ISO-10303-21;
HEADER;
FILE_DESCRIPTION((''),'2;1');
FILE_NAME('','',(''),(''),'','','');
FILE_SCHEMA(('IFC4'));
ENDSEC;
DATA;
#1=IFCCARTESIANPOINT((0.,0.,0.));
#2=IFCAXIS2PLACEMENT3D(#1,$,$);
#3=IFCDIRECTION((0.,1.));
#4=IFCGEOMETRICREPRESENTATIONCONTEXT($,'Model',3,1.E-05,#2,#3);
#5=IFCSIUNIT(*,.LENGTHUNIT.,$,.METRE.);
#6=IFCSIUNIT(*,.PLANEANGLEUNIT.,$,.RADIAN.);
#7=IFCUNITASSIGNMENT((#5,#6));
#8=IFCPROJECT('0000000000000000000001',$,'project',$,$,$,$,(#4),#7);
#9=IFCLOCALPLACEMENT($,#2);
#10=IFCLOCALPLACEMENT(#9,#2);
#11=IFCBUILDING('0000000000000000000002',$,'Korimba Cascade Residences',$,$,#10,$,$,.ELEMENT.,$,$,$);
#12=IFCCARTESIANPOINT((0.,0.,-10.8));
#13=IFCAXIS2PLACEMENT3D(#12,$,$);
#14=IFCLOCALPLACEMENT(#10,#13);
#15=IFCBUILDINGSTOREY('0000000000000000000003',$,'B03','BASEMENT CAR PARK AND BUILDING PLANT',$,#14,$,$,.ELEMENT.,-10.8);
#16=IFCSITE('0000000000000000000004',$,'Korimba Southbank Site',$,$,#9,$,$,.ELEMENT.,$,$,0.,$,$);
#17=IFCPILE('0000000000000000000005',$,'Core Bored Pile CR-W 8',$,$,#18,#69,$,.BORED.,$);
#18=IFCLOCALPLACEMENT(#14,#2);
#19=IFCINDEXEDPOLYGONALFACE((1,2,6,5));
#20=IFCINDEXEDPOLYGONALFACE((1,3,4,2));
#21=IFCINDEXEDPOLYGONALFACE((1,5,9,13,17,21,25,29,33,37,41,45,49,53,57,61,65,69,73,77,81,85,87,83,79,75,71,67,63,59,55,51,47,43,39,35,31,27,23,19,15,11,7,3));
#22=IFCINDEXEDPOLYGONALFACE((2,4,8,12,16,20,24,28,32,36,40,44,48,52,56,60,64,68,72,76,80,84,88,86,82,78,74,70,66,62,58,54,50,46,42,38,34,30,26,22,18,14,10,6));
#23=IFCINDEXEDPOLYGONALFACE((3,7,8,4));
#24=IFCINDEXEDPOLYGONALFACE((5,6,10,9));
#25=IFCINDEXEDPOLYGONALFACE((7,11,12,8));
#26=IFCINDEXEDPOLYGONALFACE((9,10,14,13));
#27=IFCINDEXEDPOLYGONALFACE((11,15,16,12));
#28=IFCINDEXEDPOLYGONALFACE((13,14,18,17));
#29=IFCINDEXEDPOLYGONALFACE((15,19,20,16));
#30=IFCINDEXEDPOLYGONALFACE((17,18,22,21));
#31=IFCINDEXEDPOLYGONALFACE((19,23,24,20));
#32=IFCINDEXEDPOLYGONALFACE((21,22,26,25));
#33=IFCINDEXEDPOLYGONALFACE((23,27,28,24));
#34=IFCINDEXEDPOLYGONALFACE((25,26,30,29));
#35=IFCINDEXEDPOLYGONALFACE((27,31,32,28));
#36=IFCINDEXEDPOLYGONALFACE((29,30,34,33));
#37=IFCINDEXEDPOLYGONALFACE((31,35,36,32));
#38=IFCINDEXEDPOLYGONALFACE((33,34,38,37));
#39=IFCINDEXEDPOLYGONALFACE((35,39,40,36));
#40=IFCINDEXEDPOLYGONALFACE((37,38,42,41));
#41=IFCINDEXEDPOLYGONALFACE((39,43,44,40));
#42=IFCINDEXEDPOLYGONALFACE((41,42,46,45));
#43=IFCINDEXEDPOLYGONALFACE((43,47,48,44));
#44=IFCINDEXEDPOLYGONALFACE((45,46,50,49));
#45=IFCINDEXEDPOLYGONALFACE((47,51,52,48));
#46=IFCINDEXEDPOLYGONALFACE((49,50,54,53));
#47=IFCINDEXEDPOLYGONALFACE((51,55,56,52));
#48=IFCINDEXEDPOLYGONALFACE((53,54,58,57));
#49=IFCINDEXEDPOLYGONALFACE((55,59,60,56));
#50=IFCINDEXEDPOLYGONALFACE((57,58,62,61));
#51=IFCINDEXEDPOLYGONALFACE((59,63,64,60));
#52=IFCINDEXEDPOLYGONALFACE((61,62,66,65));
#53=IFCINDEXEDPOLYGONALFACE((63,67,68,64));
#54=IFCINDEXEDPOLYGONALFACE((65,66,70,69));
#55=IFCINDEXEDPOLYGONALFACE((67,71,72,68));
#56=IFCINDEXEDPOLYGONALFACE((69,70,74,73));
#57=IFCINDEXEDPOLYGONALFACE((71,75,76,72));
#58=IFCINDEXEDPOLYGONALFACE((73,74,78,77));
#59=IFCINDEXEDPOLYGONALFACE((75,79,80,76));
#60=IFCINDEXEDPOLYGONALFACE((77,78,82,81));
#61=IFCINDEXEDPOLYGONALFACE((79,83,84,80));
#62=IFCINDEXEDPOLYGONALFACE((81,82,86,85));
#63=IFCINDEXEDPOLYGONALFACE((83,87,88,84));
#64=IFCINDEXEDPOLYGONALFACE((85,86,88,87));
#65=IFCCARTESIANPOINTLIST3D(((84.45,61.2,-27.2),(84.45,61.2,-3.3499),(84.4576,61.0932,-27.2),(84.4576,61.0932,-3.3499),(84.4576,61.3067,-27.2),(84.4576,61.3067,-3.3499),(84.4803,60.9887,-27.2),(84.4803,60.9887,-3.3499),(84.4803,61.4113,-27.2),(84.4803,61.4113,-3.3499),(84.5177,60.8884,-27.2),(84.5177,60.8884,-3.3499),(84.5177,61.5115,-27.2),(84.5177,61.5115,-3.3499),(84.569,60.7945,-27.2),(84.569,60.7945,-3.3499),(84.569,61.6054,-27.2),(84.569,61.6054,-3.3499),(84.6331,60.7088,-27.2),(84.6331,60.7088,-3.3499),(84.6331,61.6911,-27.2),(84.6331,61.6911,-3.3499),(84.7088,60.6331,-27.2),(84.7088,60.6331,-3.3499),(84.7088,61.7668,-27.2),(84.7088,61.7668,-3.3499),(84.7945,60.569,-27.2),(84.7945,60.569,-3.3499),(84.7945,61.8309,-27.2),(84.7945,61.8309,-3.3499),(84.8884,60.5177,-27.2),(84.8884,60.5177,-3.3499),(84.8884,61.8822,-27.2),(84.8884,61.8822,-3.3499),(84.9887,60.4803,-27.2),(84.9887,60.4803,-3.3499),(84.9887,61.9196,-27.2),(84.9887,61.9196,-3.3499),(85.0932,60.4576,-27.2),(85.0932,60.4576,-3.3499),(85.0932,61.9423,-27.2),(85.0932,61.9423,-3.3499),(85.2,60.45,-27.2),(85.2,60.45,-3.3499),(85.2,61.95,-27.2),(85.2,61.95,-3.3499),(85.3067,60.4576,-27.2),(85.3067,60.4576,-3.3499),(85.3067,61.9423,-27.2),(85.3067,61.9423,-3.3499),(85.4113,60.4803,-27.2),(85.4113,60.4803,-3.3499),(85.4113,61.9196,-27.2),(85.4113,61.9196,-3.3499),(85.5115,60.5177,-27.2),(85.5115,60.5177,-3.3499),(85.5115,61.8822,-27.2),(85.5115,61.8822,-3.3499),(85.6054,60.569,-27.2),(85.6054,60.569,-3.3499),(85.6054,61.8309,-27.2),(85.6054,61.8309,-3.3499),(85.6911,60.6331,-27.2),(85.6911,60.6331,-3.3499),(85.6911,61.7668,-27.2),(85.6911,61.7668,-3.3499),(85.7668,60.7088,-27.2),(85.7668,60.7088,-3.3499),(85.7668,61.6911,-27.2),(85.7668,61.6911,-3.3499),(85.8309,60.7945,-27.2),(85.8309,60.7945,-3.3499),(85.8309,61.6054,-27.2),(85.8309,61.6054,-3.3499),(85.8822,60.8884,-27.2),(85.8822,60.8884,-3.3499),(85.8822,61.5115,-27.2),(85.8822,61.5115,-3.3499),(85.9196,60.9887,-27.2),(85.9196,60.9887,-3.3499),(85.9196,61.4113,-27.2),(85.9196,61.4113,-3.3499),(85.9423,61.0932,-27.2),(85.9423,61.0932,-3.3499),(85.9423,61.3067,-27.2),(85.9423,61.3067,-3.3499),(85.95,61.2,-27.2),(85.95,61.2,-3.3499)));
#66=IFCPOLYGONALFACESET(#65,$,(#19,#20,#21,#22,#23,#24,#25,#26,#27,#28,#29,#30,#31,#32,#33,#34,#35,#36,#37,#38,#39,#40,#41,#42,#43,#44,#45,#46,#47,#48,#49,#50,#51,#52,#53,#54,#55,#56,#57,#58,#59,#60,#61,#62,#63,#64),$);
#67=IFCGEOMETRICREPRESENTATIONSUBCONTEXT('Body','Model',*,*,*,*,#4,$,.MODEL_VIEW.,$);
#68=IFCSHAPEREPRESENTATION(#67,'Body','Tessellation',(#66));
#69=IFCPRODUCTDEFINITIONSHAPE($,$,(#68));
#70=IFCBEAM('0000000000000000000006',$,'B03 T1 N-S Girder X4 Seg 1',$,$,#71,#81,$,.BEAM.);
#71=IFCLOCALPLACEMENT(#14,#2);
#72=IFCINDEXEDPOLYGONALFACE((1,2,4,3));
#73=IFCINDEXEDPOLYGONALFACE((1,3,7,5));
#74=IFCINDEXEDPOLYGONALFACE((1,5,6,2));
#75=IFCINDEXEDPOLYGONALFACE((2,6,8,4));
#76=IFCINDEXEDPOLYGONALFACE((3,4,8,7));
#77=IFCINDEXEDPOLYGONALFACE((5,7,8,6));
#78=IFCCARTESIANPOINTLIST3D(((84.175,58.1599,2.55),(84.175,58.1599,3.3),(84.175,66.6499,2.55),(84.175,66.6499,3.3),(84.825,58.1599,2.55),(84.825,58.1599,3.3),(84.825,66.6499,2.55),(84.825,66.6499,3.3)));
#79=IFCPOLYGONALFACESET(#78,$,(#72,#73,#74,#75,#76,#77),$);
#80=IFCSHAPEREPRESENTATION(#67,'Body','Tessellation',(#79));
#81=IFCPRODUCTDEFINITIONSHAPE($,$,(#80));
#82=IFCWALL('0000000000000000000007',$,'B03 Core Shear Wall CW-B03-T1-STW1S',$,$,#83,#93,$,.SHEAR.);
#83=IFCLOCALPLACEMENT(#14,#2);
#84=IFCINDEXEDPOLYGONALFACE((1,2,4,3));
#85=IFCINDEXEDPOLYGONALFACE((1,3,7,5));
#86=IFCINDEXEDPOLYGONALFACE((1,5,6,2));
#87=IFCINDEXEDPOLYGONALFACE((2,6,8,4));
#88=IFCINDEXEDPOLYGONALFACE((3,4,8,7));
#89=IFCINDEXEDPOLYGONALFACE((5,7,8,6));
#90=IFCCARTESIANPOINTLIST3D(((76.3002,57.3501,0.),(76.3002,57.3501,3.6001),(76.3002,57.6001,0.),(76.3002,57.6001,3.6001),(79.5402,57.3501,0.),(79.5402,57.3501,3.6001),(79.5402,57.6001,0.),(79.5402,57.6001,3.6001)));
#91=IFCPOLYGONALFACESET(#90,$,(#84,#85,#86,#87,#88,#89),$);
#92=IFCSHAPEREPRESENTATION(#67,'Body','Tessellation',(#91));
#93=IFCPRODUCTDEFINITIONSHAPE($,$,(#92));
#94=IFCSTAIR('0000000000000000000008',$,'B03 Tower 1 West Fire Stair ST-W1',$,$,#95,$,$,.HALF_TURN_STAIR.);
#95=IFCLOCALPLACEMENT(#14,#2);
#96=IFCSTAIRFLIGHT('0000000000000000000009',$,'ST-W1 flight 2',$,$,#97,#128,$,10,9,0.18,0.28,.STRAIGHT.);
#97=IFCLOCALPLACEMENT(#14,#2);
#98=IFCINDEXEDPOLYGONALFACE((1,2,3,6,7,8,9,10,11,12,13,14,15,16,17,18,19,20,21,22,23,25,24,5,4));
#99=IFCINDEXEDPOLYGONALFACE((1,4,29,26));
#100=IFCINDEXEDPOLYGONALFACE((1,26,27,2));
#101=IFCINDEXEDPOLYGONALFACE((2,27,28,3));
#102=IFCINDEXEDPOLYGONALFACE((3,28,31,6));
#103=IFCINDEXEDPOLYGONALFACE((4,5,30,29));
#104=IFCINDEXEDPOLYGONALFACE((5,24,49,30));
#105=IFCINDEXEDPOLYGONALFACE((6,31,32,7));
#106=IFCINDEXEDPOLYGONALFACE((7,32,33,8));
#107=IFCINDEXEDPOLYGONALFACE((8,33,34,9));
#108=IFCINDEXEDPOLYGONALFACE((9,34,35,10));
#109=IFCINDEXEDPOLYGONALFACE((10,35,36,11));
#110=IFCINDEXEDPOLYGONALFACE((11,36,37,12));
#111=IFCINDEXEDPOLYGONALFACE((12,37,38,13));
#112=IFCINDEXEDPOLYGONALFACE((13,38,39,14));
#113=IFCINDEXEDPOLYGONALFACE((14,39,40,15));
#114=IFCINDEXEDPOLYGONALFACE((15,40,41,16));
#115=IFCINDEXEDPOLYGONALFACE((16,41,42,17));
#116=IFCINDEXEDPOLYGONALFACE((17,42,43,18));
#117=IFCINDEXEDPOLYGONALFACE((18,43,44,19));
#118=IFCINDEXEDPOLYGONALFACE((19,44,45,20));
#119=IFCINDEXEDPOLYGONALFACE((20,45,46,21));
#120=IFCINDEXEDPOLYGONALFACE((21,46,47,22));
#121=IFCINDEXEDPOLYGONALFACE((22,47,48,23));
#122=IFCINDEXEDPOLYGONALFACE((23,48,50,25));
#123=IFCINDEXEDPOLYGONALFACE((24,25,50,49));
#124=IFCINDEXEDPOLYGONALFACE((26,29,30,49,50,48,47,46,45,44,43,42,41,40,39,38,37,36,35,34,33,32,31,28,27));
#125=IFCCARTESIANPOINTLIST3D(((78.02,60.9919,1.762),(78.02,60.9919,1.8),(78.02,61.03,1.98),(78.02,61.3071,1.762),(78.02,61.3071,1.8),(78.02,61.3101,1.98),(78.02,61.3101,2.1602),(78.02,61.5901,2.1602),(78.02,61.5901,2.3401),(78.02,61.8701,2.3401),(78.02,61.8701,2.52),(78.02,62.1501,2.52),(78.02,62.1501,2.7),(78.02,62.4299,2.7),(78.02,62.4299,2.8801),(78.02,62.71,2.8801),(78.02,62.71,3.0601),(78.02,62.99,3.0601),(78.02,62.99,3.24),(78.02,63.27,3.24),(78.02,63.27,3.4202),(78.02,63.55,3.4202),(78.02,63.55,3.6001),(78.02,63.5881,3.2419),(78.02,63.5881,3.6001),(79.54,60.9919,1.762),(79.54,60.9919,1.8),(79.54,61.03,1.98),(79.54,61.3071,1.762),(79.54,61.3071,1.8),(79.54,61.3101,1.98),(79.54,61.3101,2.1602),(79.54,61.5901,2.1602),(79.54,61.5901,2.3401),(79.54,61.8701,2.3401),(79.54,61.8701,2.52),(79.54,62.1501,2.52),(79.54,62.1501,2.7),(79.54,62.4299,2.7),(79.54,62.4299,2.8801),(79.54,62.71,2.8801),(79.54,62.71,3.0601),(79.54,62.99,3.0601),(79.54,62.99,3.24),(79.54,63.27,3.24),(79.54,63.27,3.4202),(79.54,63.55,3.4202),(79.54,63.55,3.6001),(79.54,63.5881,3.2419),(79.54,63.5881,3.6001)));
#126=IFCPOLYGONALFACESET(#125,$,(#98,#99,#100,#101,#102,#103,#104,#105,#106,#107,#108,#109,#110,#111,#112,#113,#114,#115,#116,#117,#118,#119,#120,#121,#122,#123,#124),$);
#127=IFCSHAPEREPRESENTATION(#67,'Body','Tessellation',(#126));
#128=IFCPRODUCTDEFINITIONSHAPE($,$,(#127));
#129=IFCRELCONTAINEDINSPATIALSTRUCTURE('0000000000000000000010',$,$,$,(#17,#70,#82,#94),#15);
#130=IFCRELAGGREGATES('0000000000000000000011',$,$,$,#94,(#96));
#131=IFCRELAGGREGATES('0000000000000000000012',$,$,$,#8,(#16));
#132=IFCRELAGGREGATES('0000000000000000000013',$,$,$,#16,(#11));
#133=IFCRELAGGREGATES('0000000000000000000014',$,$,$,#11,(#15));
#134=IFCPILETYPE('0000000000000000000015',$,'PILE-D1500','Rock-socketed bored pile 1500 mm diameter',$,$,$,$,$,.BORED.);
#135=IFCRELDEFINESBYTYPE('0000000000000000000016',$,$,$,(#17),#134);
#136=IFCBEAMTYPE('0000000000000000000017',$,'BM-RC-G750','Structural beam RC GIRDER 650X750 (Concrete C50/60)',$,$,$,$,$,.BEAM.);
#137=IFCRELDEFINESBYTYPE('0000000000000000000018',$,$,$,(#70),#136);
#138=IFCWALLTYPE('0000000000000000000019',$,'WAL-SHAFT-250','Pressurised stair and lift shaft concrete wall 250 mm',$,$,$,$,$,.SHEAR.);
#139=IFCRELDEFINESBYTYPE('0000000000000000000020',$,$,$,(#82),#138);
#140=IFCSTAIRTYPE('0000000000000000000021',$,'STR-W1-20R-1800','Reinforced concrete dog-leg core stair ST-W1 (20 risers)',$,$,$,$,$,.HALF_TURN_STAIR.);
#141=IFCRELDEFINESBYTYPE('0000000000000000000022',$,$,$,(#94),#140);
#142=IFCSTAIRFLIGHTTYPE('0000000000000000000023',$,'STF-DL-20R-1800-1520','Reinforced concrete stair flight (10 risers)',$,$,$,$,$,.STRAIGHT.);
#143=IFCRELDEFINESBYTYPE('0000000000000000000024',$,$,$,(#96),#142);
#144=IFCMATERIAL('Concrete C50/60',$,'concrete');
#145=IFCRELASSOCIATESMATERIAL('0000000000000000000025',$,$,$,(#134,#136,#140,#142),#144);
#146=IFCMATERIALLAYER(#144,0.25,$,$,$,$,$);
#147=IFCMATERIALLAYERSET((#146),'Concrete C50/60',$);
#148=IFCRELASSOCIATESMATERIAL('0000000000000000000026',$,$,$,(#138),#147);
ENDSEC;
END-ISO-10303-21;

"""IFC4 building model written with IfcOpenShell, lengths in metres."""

from ifc_helpers import new_model, si_unit, direction, frame, frame_2d, origin, origin_2d, place, context, subcontext, project, spatial, polyline, rectangle, circle, outline, extrude, material, layer, layer_set, material_profile, profile_set, type_object, element, aggregate, save


model = new_model("IFC4")

# Units and contexts
model_context = context("Model", 3, precision=1e-05, world=origin(), true_north=direction((0.0, 1.0)))
body_context = subcontext(model_context, "Body", "Model", "MODEL_VIEW")
ifc_project = project(units=[si_unit("LENGTHUNIT", "METRE"), si_unit("PLANEANGLEUNIT", "RADIAN")], contexts=[model_context])

# Site, building, storey
site_placement = place(None, origin())
site = spatial("IfcSite", under=ifc_project, at=site_placement, Name="Korimba Southbank Site", CompositionType="ELEMENT", RefElevation=0.0)
building_placement = place(site_placement, origin())
building = spatial("IfcBuilding", under=site, at=building_placement, Name="Korimba Cascade Residences", CompositionType="ELEMENT")
storey_placement = place(building_placement, frame((0.0, 0.0, -10.8)))
storey = spatial("IfcBuildingStorey", under=building, at=storey_placement, Name="B03", Description="BASEMENT CAR PARK AND BUILDING PLANT", CompositionType="ELEMENT", Elevation=-10.8)

# Pile
ifc_material_1 = material(Name="Concrete C50/60", Category="concrete")
ifc_material_profile_1 = material_profile(ifc_material_1, circle(Radius=0.75, at=origin_2d()), Name="Concrete C50/60")
ifc_profile_set_1 = profile_set([ifc_material_profile_1], Name="Concrete C50/60")
pile_type = type_object("IfcPileType", Name="PILE-D1500", Description="Rock-socketed bored pile 1500 mm diameter", PredefinedType="BORED", material=ifc_profile_set_1)
for number, where, z_axis, x_axis, name in (
    (1, (85.2, 61.2, -3.3499), (0.0, 0.0, -1.0), (1.0, 0.0, 0.0), "Core Bored Pile CR-W 8"),
):
    element("IfcPile", number, at=place(storey_placement, frame(where, z_axis=z_axis, x_axis=x_axis)), inside=storey, type_object=pile_type, Name=name, PredefinedType="BORED", context=body_context, shape_type="SweptSolid", body=[
        extrude(circle(Radius=0.75, at=origin_2d()), origin(), (0.0, 0.0, 1.0), 23.8501),
    ])

# Beam
ifc_material_profile_2 = material_profile(ifc_material_1, rectangle(XDim=0.6499, YDim=0.75, at=origin_2d()), Name="Concrete C50/60")
ifc_profile_set_2 = profile_set([ifc_material_profile_2], Name="Concrete C50/60")
beam_type = type_object("IfcBeamType", Name="BM-RC-G750", Description="Structural beam RC GIRDER 650X750 (Concrete C50/60)", PredefinedType="BEAM", material=ifc_profile_set_2)
beam_placement = place(storey_placement, frame((84.5, 58.1599, 2.925), z_axis=(0.0, 1.0, 0.0), x_axis=(-1.0, 0.0, 0.0)))
element("IfcBeam", 2, at=beam_placement, inside=storey, type_object=beam_type, Name="B03 T1 N-S Girder X4 Seg 1", PredefinedType="BEAM", context=body_context, shape_type="SweptSolid", body=[
    extrude(rectangle(XDim=0.6499, YDim=0.75, at=origin_2d()), origin(), (0.0, 0.0, 1.0), 8.49),
])

# Wall
ifc_layer = layer(ifc_material_1, 0.25)
ifc_layer_set = layer_set([ifc_layer], Name="Concrete C50/60")
wall_type = type_object("IfcWallType", Name="WAL-SHAFT-250", Description="Pressurised stair and lift shaft concrete wall 250 mm", PredefinedType="SHEAR", material=ifc_layer_set)
wall_1_placement = place(storey_placement, frame((76.3, 57.4751, 0.0), z_axis=(0.0, 0.0, 1.0), x_axis=(1.0, 0.0, 0.0)))
element("IfcWall", 3, at=wall_1_placement, inside=storey, type_object=wall_type, Name="B03 Core Shear Wall CW-B03-T1-STW1S", PredefinedType="SHEAR", context=body_context, shape_type="SweptSolid", body=[
    extrude(rectangle(XDim=3.24, YDim=0.25, at=frame_2d((1.6201, 0.0))), origin(), (0.0, 0.0, 1.0), 3.6001),
])

# Stair, stair flight
stair_type = type_object("IfcStairType", Name="STR-W1-20R-1800", Description="Reinforced concrete dog-leg core stair ST-W1 (20 risers)", PredefinedType="HALF_TURN_STAIR", material=ifc_material_1)
stair_placement = place(storey_placement, origin())
stair = element("IfcStair", 4, at=stair_placement, inside=storey, type_object=stair_type, Name="B03 Tower 1 West Fire Stair ST-W1", PredefinedType="HALF_TURN_STAIR")
stair_flight_type = type_object("IfcStairFlightType", Name="STF-DL-20R-1800-1520", Description="Reinforced concrete stair flight (10 risers)", PredefinedType="STRAIGHT", material=ifc_material_1)
stair_flight_placement = place(storey_placement, frame((78.78, 61.03, 1.8), z_axis=(0.0, 0.0, 1.0), x_axis=(0.0, 1.0, 0.0)))
stair_flight = element("IfcStairFlight", 5, at=stair_flight_placement, type_object=stair_flight_type, Name="ST-W1 flight 2", NumberOfRisers=10, NumberOfTreads=9, PredefinedType="STRAIGHT", RiserHeight=0.18, TreadLength=0.28, context=body_context, shape_type="SweptSolid", body=[
    extrude(outline(polyline([(-0.0381, 0.0), (0.0, 0.1799), (0.28, 0.1799), (0.28, 0.3601), (0.5601, 0.3601), (0.5601, 0.54), (0.8401, 0.54), (0.8401, 0.72), (1.1201, 0.72), (1.1201, 0.8999), (1.3999, 0.8999), (1.3999, 1.0801), (1.6799, 1.0801), (1.6799, 1.26), (1.96, 1.26), (1.96, 1.4399), (2.24, 1.4399), (2.24, 1.6201), (2.52, 1.6201), (2.52, 1.8), (2.5581, 1.8), (2.5581, 1.4419), (0.2771, 0.0), (0.2771, -0.0381), (-0.0381, -0.0381), (-0.0381, 0.0)])), frame((0.0, 0.76, 0.0), z_axis=(0.0, -1.0, 0.0), x_axis=(1.0, 0.0, 0.0)), (0.0, 0.0, 1.0), 1.52),
])
aggregate(stair, [stair_flight])

save(model, "model.ifc")
